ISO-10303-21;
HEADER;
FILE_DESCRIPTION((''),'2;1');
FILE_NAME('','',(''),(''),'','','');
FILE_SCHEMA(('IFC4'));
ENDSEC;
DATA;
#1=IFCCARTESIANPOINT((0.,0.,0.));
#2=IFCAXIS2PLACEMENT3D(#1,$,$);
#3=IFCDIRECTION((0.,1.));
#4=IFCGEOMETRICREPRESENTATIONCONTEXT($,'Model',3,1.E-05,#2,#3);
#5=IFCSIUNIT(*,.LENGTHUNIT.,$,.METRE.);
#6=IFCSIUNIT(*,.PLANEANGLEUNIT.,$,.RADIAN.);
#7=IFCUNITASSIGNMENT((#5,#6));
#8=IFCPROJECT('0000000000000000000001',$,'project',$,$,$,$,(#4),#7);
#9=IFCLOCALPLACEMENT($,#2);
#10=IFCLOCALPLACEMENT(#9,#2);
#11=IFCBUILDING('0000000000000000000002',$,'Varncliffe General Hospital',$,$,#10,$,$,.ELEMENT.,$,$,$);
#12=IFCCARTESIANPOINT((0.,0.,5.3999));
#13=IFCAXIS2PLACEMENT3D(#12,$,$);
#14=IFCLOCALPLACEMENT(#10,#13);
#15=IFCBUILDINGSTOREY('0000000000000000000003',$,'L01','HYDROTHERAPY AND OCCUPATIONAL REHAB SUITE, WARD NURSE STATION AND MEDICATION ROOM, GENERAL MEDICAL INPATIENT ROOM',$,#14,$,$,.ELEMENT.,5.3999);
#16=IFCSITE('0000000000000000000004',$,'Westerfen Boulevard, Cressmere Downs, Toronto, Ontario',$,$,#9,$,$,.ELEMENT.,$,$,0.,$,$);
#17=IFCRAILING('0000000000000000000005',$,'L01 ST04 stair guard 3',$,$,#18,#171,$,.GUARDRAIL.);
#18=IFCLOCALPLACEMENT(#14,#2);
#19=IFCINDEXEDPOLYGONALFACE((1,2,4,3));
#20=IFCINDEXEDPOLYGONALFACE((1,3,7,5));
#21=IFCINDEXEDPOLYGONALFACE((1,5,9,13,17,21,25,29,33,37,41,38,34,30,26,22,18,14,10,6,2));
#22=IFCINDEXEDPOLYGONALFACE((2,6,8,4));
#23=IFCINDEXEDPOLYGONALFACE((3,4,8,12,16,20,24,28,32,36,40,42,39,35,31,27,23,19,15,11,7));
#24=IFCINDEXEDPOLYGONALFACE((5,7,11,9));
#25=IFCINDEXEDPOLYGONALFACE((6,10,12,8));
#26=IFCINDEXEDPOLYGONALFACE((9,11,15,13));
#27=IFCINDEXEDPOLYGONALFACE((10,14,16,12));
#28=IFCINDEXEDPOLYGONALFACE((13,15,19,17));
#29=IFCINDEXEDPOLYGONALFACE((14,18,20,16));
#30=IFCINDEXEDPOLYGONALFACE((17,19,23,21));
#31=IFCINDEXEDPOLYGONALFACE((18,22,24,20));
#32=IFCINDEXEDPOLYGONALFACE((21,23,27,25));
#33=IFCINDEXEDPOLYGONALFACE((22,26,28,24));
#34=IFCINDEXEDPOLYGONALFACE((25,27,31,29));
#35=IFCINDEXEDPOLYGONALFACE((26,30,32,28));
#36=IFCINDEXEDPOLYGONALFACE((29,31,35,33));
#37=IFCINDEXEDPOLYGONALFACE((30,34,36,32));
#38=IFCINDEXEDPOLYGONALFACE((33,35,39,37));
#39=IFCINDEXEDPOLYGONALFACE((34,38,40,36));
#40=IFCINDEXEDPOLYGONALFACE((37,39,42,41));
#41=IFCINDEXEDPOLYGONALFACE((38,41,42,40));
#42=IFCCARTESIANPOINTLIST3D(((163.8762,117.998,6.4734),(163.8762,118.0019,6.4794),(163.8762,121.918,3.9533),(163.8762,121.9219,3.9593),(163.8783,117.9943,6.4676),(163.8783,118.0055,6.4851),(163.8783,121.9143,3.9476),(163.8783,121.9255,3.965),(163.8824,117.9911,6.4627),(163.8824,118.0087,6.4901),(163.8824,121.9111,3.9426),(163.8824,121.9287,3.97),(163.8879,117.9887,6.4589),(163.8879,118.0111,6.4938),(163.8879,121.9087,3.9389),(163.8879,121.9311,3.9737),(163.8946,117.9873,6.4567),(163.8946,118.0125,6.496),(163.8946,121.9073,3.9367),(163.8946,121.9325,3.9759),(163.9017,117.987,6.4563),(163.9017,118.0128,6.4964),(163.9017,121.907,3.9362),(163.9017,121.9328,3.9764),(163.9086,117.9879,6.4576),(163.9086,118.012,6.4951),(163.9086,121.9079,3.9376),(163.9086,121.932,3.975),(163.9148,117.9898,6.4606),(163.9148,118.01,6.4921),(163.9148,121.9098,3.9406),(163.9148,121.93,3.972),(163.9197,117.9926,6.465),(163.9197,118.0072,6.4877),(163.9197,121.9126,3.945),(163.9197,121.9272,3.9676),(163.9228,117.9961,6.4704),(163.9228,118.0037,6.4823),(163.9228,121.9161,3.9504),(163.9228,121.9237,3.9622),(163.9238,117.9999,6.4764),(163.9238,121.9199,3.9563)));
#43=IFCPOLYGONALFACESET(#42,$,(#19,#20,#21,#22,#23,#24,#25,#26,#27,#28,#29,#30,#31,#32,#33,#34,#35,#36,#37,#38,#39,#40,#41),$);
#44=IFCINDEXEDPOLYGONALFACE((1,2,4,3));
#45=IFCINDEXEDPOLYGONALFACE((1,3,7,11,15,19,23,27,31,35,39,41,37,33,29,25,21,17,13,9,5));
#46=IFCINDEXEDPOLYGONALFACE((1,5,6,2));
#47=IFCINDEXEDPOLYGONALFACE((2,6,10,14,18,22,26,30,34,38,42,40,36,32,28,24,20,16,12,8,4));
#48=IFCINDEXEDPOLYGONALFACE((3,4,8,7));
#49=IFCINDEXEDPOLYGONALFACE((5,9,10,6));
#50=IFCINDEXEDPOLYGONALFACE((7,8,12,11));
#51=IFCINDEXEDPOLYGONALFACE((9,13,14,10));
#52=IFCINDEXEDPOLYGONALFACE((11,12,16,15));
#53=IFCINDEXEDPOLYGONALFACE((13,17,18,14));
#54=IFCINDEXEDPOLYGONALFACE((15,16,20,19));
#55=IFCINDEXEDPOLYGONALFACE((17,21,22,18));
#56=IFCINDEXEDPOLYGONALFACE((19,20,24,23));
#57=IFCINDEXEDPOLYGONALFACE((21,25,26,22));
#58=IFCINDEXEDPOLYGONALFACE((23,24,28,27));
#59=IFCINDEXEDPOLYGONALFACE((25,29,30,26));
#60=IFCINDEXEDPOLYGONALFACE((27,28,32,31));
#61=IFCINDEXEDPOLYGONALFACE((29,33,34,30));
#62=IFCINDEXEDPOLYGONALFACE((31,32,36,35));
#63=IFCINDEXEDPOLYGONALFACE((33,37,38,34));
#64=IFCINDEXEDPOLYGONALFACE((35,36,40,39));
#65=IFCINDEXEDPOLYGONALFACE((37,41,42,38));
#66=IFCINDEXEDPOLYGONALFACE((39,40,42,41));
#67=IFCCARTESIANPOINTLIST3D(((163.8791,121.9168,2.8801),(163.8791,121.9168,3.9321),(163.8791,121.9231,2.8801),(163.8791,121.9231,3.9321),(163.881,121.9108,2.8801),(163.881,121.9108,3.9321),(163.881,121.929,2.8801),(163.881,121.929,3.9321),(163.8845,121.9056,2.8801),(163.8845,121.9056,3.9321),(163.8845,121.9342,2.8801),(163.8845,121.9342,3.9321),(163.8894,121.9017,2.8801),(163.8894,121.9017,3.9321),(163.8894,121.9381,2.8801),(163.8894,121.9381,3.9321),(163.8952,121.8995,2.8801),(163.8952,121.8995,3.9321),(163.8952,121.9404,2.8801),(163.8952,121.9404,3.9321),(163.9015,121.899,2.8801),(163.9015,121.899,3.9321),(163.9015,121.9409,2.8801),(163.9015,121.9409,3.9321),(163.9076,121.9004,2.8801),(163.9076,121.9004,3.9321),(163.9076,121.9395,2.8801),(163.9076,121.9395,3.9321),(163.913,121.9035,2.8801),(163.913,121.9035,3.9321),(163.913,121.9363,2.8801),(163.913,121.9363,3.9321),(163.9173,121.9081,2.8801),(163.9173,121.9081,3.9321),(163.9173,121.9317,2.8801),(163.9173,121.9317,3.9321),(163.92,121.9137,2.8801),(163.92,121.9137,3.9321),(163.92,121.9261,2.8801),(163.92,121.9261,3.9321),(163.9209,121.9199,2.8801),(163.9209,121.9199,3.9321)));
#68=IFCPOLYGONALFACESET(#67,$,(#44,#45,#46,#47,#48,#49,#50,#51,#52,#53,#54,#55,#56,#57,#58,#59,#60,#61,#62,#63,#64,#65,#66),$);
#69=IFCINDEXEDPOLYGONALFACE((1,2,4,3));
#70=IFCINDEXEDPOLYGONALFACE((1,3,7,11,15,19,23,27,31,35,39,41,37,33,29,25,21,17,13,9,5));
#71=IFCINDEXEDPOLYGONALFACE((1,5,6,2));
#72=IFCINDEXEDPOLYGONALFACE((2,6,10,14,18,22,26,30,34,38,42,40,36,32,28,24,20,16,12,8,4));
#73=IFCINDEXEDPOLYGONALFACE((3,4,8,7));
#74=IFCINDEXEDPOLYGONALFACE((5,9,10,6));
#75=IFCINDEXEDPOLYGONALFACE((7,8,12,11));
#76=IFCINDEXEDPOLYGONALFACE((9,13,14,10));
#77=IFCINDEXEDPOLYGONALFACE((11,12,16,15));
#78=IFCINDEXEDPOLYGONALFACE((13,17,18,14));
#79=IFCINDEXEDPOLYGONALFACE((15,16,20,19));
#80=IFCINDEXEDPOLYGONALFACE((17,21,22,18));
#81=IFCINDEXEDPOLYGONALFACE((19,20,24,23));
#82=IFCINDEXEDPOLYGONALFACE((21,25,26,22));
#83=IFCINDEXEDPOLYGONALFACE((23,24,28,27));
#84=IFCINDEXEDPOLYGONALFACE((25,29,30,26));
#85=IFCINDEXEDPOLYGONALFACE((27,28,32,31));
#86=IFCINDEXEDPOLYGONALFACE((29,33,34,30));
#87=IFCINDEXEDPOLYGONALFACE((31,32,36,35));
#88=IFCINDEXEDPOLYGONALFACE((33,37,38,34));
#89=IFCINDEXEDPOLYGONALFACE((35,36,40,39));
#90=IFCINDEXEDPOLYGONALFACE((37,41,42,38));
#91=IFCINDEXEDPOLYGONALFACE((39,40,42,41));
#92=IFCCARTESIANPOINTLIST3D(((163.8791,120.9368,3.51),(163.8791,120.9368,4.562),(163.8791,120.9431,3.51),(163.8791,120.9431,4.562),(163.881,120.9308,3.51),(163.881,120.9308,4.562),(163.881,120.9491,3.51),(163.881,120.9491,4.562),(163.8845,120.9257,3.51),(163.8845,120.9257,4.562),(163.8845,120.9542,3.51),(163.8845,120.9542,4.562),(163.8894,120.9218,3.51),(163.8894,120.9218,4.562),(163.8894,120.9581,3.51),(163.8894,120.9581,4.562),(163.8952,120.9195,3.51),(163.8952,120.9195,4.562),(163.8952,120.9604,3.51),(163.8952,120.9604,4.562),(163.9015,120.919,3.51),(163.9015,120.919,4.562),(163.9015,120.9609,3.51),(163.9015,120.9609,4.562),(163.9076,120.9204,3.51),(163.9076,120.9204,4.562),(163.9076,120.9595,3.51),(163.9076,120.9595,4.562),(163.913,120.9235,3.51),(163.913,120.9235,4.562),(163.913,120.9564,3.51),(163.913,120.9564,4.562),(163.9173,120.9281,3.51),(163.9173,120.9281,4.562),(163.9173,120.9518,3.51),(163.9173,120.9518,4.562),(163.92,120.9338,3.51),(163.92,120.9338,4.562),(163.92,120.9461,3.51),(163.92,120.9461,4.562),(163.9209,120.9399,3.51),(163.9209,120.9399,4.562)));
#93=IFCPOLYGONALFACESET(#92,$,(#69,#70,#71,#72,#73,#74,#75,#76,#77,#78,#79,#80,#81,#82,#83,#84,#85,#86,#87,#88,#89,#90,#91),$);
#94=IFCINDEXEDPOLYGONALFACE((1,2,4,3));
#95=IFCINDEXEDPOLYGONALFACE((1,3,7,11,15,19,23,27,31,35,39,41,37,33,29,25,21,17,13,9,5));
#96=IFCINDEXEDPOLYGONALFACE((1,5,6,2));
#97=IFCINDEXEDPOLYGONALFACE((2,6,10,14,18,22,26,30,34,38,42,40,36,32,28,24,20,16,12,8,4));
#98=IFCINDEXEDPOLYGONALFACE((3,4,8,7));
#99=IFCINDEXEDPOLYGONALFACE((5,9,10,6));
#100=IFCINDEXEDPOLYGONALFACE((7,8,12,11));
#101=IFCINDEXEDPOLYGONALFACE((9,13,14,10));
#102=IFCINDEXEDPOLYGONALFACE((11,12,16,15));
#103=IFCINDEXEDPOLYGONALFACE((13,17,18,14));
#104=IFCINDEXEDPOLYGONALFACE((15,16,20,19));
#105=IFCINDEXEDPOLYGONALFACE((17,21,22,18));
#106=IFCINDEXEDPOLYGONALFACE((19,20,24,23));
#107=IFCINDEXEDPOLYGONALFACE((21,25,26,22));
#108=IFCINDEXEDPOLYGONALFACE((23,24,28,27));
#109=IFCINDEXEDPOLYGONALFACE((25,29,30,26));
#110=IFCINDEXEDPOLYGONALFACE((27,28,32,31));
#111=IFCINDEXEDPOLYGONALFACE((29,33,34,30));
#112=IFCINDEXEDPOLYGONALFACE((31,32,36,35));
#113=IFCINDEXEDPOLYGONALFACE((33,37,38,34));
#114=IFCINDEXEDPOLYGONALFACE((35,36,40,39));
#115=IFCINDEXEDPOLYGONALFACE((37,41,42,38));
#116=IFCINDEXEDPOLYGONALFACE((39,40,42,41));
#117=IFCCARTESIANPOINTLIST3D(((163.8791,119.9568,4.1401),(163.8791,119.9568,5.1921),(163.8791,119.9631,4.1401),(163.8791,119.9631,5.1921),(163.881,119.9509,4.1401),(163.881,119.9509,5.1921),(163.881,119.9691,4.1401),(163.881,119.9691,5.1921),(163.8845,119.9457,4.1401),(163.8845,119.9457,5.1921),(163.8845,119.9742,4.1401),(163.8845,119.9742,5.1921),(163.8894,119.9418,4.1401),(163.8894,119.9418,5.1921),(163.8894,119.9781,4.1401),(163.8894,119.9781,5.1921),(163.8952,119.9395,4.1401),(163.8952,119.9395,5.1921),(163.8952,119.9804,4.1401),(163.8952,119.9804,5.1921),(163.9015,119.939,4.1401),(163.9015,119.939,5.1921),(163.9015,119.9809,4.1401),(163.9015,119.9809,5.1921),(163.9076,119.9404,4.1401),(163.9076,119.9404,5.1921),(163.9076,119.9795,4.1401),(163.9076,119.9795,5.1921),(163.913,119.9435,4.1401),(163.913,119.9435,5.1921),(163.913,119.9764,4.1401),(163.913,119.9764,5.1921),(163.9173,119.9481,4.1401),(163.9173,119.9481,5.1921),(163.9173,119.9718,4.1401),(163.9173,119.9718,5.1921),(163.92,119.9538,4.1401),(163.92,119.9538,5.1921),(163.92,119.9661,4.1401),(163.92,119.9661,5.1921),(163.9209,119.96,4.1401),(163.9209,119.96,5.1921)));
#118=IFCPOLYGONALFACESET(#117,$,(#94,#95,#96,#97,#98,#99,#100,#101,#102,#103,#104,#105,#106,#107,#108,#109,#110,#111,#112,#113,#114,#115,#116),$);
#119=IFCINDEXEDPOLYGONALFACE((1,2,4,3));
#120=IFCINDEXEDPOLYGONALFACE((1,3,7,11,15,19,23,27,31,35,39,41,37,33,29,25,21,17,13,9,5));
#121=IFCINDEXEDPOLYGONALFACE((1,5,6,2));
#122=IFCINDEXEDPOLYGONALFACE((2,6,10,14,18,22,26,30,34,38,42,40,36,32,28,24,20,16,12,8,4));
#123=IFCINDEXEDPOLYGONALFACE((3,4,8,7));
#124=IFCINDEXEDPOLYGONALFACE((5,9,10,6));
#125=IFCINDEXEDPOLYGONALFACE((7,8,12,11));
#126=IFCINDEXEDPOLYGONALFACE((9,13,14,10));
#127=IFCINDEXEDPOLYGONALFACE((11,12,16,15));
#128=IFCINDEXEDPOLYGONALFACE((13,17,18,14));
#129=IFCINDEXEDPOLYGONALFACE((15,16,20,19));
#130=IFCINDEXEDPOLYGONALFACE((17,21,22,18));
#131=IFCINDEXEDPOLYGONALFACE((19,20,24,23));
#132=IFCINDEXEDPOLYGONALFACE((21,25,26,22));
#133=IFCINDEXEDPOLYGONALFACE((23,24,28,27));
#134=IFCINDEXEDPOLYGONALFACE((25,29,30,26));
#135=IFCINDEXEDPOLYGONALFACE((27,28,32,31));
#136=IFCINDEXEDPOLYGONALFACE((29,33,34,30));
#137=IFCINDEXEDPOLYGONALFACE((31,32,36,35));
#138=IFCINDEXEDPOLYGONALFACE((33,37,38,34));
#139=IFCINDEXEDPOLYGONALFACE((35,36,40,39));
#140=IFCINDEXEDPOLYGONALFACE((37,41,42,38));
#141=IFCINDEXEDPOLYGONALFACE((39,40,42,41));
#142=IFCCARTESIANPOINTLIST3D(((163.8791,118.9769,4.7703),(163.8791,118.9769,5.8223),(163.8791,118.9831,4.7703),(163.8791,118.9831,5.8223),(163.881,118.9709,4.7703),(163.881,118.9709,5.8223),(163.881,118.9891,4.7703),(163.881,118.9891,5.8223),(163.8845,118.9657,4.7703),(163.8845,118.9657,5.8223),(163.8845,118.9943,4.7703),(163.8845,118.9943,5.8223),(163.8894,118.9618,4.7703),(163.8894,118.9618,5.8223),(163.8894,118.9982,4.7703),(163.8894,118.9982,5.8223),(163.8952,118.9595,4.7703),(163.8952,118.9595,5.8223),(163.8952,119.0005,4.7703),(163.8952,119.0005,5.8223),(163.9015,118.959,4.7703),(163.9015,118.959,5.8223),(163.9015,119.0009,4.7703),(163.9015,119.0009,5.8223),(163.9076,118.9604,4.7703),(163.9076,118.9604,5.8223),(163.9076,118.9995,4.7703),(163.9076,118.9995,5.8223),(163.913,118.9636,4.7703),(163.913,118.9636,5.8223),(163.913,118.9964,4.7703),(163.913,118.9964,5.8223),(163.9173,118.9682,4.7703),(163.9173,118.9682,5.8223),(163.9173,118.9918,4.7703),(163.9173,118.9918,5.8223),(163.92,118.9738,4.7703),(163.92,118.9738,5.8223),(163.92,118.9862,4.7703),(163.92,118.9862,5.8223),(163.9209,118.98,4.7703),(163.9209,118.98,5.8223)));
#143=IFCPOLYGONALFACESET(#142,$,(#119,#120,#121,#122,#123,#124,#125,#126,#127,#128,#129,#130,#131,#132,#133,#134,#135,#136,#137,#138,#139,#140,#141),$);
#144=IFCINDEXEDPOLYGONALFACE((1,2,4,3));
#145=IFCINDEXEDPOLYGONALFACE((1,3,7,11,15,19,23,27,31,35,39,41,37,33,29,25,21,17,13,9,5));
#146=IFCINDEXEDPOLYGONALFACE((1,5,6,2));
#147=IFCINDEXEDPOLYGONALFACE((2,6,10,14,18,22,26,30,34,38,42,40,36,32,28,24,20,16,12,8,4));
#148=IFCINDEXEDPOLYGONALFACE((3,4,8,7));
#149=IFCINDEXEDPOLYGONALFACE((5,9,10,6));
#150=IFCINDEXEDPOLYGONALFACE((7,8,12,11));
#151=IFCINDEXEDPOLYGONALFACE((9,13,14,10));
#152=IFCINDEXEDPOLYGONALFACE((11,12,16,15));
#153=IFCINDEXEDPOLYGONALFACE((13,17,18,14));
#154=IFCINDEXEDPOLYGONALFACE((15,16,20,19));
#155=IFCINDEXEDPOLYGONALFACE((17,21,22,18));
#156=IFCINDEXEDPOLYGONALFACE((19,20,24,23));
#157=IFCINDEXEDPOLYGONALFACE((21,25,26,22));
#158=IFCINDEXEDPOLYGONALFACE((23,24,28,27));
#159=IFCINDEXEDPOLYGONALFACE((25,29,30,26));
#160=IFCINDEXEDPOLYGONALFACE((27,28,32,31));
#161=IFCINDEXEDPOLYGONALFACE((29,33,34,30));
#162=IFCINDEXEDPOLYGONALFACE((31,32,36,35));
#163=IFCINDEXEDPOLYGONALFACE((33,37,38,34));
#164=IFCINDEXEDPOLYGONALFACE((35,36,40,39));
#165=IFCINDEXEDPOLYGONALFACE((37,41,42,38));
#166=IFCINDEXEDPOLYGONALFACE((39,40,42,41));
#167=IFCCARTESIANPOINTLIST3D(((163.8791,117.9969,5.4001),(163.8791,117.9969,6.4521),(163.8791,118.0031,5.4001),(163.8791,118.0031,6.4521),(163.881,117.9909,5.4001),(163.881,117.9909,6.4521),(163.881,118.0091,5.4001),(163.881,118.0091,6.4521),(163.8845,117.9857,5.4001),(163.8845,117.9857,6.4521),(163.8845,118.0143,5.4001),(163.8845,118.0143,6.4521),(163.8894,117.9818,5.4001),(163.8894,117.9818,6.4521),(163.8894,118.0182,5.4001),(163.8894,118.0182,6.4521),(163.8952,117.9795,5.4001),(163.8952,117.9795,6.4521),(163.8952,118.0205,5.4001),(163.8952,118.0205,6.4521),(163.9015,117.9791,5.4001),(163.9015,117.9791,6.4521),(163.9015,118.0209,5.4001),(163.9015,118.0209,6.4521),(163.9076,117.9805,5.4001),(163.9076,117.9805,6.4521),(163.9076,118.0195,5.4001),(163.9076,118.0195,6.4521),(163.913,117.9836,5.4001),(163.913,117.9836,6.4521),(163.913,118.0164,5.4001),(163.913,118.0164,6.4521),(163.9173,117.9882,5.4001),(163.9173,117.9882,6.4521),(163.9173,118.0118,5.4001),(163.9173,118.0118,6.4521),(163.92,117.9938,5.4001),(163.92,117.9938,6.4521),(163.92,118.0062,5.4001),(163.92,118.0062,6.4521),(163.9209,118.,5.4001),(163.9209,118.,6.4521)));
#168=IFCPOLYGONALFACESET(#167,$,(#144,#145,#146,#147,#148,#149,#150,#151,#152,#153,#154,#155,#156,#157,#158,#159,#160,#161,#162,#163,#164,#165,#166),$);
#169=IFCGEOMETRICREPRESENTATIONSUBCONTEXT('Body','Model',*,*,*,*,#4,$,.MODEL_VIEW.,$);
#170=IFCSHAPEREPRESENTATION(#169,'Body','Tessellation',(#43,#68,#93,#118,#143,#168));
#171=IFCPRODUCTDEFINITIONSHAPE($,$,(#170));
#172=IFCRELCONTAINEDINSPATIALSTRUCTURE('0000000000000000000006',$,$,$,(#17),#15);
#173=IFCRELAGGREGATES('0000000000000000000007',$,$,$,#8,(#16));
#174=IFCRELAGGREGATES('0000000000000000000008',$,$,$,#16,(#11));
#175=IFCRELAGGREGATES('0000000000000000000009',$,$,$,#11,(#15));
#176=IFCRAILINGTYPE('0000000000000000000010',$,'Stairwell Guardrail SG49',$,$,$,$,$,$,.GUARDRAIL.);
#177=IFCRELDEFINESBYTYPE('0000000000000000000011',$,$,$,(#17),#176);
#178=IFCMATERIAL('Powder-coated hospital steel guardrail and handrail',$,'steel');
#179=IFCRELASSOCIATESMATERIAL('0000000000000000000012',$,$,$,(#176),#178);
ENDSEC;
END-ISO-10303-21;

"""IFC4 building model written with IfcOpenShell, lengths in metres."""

from ifc_helpers import new_model, si_unit, direction, frame, origin, origin_2d, place, context, subcontext, project, spatial, circle, extrude, material, type_object, element, save


model = new_model("IFC4")

# Units and contexts
model_context = context("Model", 3, precision=1e-05, world=origin(), true_north=direction((0.0, 1.0)))
body_context = subcontext(model_context, "Body", "Model", "MODEL_VIEW")
ifc_project = project(units=[si_unit("LENGTHUNIT", "METRE"), si_unit("PLANEANGLEUNIT", "RADIAN")], contexts=[model_context])

# Site, building, storey
site_placement = place(None, origin())
site = spatial("IfcSite", under=ifc_project, at=site_placement, Name="Westerfen Boulevard, Cressmere Downs, Toronto, Ontario", CompositionType="ELEMENT", RefElevation=0.0)
building_placement = place(site_placement, origin())
building = spatial("IfcBuilding", under=site, at=building_placement, Name="Varncliffe General Hospital", CompositionType="ELEMENT")
storey_placement = place(building_placement, frame((0.0, 0.0, 5.3999)))
storey = spatial("IfcBuildingStorey", under=building, at=storey_placement, Name="L01", Description="HYDROTHERAPY AND OCCUPATIONAL REHAB SUITE, WARD NURSE STATION AND MEDICATION ROOM, GENERAL MEDICAL INPATIENT ROOM", CompositionType="ELEMENT", Elevation=5.3999)

# Railing
ifc_material_1 = material(Name="Powder-coated hospital steel guardrail and handrail", Category="steel")
railing_type_1 = type_object("IfcRailingType", Name="Stairwell Guardrail SG49", PredefinedType="GUARDRAIL", material=ifc_material_1)
railing_1_placement = place(storey_placement, frame((163.8999, 121.9199, 2.8801)))
element("IfcRailing", 1, at=railing_1_placement, inside=storey, type_object=railing_type_1, Name="L01 ST04 stair guard 3", PredefinedType="GUARDRAIL", context=body_context, shape_type="SweptSolid", body=[
    extrude(circle(Radius=0.0239, at=origin_2d()), frame((0.0, 0.0, 1.0762), z_axis=(0.0, -0.841172, 0.540768), x_axis=(1.0, 0.0, 0.0)), (0.0, 0.0, 1.0), 4.6602),
    extrude(circle(Radius=0.021, at=origin_2d()), origin(), (0.0, 0.0, 1.0), 1.052),
    extrude(circle(Radius=0.021, at=origin_2d()), frame((0.0, -0.98, 0.6299)), (0.0, 0.0, 1.0), 1.052),
    extrude(circle(Radius=0.021, at=origin_2d()), frame((0.0, -1.96, 1.26)), (0.0, 0.0, 1.0), 1.052),
    extrude(circle(Radius=0.021, at=origin_2d()), frame((0.0, -2.9399, 1.8901)), (0.0, 0.0, 1.0), 1.052),
    extrude(circle(Radius=0.021, at=origin_2d()), frame((0.0, -3.9199, 2.52)), (0.0, 0.0, 1.0), 1.052),
])

save(model, "model.ifc")
